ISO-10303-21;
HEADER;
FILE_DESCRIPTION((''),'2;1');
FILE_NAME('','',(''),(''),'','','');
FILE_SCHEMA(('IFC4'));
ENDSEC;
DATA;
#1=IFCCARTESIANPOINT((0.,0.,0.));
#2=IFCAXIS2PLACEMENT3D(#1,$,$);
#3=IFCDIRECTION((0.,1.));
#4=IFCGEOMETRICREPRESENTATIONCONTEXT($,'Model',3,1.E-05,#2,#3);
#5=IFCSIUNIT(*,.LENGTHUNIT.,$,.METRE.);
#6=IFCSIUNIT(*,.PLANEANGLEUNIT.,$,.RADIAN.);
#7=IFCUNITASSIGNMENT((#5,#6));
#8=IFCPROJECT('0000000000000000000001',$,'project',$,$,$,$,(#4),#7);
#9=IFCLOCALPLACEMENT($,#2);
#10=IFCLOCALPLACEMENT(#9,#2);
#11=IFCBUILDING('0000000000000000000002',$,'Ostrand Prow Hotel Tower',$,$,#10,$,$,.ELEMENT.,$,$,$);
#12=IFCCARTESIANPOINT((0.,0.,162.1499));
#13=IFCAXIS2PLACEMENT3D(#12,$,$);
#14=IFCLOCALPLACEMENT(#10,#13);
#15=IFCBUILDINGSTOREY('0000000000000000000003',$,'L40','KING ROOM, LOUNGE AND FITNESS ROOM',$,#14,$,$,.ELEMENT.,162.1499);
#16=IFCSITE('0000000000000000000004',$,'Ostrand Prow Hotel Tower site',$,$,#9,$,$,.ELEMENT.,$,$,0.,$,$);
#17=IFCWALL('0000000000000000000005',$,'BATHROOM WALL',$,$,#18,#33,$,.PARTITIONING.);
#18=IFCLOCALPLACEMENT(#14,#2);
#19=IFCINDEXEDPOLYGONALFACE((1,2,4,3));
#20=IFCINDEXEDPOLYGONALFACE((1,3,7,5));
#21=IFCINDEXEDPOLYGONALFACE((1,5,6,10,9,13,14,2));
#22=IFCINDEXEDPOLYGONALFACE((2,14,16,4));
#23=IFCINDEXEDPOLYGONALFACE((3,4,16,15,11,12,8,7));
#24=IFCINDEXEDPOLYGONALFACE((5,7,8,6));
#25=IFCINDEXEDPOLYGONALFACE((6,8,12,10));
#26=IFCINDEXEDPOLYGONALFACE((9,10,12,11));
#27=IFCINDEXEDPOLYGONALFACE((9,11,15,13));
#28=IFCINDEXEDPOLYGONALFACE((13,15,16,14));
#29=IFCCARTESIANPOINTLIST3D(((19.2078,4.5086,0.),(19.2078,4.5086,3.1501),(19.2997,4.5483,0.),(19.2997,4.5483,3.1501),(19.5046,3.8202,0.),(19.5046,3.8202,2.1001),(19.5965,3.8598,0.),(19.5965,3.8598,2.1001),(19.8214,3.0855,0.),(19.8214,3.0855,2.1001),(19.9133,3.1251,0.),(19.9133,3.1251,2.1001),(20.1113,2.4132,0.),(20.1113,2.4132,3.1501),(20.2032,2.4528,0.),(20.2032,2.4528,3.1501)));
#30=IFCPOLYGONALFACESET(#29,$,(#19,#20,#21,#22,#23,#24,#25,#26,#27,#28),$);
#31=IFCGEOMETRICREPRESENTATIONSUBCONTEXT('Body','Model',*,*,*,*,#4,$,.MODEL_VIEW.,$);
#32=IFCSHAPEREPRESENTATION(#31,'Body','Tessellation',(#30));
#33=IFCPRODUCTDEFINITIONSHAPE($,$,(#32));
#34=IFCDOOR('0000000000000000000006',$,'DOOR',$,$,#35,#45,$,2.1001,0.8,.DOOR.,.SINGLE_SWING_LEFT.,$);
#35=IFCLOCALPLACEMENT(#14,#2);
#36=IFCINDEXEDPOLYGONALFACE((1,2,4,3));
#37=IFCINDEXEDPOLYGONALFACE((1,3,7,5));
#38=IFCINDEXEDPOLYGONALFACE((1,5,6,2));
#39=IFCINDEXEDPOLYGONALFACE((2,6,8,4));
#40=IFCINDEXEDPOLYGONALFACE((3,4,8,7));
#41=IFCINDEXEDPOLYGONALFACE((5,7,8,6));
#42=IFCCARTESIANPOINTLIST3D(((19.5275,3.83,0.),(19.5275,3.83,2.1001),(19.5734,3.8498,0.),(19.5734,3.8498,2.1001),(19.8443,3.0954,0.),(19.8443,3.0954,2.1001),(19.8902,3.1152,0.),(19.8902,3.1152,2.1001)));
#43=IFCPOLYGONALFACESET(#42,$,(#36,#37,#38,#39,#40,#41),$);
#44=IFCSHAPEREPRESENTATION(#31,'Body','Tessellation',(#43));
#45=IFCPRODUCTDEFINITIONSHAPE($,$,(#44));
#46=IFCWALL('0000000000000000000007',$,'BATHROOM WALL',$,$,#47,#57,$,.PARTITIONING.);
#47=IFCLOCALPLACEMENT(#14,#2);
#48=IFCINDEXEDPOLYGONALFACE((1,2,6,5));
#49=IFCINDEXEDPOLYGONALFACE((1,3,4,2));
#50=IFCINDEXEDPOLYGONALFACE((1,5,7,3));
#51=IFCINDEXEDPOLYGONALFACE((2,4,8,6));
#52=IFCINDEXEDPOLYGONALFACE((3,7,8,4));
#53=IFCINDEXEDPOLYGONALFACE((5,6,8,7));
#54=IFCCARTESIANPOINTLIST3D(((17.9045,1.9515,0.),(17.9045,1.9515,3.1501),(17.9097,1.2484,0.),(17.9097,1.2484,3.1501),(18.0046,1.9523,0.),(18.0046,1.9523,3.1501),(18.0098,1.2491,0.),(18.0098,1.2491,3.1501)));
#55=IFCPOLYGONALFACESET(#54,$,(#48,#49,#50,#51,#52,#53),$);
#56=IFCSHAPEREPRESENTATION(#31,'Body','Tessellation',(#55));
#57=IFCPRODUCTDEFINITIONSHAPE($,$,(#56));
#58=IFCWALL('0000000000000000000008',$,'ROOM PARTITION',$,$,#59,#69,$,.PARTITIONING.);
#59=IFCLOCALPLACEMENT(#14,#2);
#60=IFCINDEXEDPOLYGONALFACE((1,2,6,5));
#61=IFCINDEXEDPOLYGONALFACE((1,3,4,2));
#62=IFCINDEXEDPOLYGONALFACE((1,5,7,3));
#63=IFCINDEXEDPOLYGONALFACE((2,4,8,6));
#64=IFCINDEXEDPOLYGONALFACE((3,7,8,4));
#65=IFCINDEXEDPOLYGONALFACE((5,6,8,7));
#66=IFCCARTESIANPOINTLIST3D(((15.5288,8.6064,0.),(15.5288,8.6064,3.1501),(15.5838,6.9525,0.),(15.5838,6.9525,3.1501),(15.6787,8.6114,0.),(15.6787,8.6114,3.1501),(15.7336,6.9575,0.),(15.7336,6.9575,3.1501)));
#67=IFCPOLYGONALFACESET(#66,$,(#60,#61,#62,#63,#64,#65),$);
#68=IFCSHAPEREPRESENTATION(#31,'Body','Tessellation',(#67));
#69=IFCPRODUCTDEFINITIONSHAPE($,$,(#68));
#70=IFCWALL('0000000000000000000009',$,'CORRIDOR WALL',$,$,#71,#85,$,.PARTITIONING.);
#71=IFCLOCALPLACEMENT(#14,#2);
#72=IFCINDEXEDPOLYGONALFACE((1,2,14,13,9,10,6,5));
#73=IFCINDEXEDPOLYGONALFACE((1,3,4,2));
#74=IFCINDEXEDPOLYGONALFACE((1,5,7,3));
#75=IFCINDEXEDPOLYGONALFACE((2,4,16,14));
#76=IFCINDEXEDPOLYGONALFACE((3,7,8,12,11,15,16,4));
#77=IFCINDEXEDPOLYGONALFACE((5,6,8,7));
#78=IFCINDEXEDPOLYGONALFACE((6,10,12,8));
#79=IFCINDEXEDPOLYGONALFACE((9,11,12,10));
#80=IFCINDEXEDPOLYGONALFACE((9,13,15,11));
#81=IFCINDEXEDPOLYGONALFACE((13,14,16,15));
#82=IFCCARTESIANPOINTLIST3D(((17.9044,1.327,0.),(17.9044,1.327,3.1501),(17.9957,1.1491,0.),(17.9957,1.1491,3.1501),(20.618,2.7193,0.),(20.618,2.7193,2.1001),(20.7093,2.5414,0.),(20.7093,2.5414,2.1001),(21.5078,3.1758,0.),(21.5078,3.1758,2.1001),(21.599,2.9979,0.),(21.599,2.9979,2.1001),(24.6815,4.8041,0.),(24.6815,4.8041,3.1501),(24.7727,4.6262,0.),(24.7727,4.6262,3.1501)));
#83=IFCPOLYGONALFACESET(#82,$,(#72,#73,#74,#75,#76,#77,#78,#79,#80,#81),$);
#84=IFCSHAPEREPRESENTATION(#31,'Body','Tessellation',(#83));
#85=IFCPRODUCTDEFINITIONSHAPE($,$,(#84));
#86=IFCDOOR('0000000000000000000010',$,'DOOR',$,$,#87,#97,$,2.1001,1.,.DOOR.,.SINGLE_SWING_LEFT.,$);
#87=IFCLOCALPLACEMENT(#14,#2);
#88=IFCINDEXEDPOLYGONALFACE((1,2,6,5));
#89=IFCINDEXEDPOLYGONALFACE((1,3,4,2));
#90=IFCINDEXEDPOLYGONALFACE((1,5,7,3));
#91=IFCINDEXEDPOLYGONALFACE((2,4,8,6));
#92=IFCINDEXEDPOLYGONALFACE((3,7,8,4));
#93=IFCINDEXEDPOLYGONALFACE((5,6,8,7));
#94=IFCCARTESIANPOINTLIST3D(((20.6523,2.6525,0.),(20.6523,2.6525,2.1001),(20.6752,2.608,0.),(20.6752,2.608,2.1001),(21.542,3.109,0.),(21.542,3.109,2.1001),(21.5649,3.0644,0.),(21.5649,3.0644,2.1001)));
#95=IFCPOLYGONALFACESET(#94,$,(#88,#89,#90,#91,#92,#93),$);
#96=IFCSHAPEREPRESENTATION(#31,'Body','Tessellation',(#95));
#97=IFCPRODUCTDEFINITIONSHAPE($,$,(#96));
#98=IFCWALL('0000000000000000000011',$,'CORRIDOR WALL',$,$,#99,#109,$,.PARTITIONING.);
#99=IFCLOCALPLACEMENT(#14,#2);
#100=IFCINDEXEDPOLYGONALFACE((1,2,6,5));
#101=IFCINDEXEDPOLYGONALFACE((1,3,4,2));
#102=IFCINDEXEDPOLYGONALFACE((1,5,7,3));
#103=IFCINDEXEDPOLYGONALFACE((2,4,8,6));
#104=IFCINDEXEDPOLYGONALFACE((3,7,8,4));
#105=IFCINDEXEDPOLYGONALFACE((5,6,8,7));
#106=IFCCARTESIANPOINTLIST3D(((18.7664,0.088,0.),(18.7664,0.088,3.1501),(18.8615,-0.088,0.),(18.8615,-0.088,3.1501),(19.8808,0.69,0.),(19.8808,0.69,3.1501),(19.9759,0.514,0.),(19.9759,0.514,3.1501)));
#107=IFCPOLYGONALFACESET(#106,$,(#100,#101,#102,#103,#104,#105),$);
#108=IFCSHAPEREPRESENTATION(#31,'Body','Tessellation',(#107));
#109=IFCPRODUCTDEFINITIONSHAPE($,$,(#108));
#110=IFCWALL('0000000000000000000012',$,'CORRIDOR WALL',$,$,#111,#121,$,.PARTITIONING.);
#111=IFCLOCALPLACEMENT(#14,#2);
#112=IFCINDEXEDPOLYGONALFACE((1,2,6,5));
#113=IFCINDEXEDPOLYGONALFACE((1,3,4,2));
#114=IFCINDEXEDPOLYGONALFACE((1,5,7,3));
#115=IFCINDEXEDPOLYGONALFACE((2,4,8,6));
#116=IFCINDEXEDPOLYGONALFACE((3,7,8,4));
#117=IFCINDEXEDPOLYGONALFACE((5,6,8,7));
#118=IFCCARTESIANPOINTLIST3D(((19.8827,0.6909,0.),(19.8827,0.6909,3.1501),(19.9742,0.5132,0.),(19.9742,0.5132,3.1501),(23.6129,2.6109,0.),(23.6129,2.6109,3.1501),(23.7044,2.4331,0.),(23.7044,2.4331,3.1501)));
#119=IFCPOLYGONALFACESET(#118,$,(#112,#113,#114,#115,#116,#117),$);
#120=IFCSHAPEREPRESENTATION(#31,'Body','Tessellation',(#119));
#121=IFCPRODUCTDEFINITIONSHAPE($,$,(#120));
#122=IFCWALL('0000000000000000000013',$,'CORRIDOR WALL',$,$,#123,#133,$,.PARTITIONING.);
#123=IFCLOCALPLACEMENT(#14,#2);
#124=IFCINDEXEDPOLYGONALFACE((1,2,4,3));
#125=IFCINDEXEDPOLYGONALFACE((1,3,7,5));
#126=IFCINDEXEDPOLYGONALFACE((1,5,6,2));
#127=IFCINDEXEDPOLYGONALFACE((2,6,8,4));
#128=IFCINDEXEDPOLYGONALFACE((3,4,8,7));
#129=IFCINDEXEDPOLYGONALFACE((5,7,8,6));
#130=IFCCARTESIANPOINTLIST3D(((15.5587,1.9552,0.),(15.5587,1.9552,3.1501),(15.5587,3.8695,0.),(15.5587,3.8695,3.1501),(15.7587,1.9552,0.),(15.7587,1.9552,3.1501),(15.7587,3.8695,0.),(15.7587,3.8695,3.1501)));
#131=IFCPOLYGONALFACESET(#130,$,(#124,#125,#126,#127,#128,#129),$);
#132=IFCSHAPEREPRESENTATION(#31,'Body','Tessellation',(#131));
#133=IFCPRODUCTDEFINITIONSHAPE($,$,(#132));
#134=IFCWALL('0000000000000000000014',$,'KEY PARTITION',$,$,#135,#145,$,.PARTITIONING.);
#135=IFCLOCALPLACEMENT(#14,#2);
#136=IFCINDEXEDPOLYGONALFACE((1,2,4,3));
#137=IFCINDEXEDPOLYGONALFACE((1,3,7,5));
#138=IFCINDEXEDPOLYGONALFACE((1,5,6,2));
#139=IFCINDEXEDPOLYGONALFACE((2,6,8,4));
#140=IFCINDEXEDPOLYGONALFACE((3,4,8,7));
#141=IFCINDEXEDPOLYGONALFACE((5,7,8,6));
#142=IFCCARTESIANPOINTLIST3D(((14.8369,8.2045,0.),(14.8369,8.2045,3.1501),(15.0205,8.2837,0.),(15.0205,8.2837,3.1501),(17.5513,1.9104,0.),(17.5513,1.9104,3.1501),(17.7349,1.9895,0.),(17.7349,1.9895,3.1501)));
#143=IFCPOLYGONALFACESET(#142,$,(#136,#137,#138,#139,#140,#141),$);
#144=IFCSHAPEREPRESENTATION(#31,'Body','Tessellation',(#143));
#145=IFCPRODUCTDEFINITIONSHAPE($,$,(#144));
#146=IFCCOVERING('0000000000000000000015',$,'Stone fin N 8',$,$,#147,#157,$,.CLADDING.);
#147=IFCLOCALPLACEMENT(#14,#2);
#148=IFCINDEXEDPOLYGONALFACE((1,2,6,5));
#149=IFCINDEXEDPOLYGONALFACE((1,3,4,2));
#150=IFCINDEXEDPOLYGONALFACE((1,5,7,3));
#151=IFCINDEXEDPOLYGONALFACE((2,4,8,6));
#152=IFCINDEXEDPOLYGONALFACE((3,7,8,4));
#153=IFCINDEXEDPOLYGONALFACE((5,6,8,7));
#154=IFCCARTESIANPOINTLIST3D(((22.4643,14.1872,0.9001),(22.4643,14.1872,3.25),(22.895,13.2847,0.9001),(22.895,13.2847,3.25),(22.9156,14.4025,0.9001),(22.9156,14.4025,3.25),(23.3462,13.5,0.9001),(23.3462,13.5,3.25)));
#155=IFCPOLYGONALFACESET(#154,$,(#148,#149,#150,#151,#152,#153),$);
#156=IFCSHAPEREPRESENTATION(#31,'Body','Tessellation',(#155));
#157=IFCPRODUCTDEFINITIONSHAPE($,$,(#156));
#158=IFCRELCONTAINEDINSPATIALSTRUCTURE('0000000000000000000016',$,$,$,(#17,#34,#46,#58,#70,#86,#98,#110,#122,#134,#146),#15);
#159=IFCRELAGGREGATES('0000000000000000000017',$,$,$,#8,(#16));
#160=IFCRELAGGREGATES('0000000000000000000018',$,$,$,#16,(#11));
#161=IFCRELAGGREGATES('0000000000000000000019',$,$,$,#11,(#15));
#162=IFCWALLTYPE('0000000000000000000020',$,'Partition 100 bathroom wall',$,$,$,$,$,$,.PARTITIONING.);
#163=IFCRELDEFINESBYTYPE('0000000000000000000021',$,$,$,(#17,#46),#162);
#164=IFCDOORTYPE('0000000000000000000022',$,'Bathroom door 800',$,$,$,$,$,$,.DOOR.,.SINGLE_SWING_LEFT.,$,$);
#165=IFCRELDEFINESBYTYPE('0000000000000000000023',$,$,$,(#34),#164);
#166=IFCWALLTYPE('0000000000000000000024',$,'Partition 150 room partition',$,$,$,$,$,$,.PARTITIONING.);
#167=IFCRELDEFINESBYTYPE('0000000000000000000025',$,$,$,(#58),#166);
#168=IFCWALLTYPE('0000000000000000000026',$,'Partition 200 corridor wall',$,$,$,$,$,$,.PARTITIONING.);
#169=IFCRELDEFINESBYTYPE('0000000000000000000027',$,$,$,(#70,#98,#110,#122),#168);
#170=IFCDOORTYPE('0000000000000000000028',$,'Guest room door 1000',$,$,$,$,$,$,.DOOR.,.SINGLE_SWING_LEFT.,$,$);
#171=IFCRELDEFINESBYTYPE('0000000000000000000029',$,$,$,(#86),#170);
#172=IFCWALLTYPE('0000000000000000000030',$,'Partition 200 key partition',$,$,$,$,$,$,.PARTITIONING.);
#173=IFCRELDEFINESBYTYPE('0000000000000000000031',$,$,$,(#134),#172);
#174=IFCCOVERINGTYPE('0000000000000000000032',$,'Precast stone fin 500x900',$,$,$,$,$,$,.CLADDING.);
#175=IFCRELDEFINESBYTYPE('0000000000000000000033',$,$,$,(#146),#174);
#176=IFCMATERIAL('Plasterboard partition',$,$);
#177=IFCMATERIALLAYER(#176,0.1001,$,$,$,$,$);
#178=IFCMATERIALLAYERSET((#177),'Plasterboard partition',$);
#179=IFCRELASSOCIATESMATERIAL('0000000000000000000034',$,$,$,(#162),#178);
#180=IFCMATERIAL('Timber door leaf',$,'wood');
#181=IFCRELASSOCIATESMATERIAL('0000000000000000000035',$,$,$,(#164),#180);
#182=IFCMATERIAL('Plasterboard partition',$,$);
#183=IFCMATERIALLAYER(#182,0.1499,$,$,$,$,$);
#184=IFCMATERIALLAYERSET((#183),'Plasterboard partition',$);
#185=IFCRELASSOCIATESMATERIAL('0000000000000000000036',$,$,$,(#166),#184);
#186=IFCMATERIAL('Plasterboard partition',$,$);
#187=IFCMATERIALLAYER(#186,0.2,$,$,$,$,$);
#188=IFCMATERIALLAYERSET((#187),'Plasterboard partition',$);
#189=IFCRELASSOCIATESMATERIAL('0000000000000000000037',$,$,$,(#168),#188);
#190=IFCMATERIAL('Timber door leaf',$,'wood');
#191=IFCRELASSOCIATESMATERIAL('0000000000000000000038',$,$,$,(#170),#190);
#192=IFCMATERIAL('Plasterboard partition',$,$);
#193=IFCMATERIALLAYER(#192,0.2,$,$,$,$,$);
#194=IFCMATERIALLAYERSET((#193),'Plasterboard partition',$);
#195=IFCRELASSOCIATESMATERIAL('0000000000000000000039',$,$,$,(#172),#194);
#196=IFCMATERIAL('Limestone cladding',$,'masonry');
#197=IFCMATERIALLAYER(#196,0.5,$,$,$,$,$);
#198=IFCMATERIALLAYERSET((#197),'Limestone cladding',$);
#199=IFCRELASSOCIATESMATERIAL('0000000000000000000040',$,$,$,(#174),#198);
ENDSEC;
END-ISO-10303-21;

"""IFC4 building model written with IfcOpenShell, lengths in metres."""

from ifc_helpers import new_model, si_unit, direction, frame, frame_2d, origin, place, context, subcontext, project, spatial, rectangle, extrude, material, layer, layer_set, type_object, element, fill, save


model = new_model("IFC4")

# Units and contexts
model_context = context("Model", 3, precision=1e-05, world=origin(), true_north=direction((0.0, 1.0)))
body_context = subcontext(model_context, "Body", "Model", "MODEL_VIEW")
ifc_project = project(units=[si_unit("LENGTHUNIT", "METRE"), si_unit("PLANEANGLEUNIT", "RADIAN")], contexts=[model_context])

# Site, building, storey
site_placement = place(None, origin())
site = spatial("IfcSite", under=ifc_project, at=site_placement, Name="Ostrand Prow Hotel Tower site", CompositionType="ELEMENT", RefElevation=0.0)
building_placement = place(site_placement, origin())
building = spatial("IfcBuilding", under=site, at=building_placement, Name="Ostrand Prow Hotel Tower", CompositionType="ELEMENT")
storey_placement = place(building_placement, frame((0.0, 0.0, 162.1499)))
storey = spatial("IfcBuildingStorey", under=building, at=storey_placement, Name="L40", Description="KING ROOM, LOUNGE AND FITNESS ROOM", CompositionType="ELEMENT", Elevation=162.1499)

# Shared definitions
ifc_material_1 = material(Name="Plasterboard partition")
ifc_layer_1 = layer(ifc_material_1, 0.1001)
ifc_layer_set_1 = layer_set([ifc_layer_1], Name="Plasterboard partition")
wall_type_1 = type_object("IfcWallType", Name="Partition 100 bathroom wall", PredefinedType="PARTITIONING", material=ifc_layer_set_1)

# Wall, opening, door
wall_1_placement = place(storey_placement, frame((19.2537, 4.5286, 0.0), z_axis=(0.0, 0.0, 1.0), x_axis=(0.395958, -0.918268, 0.0)))
wall_1 = element("IfcWall", 1, at=wall_1_placement, inside=storey, type_object=wall_type_1, Name="BATHROOM WALL", PredefinedType="PARTITIONING", context=body_context, shape_type="SweptSolid", body=[
    extrude(rectangle(XDim=2.282, YDim=0.1001, at=frame_2d((1.1411, 0.0))), origin(), (0.0, 0.0, 1.0), 3.1501),
])
opening_1_placement = place(wall_1_placement, frame((0.75, 0.0, 0.0)))
opening_1 = element("IfcOpeningElement", 2, at=opening_1_placement, cuts=wall_1, PredefinedType="OPENING", context=body_context, shape_type="SweptSolid", body=[
    extrude(rectangle(XDim=0.8, YDim=2.1001, at=frame_2d((0.3999, 1.05))), frame((0.0, 0.0601, 0.0), z_axis=(0.0, -1.0, 0.0), x_axis=(1.0, 0.0, 0.0)), (0.0, 0.0, 1.0), 0.1201),
])
ifc_material_2 = material(Name="Timber door leaf", Category="wood")
door_type_1 = type_object("IfcDoorType", Name="Bathroom door 800", OperationType="SINGLE_SWING_LEFT", PredefinedType="DOOR", material=ifc_material_2)
door_1_placement = place(opening_1_placement, origin())
door_1 = element("IfcDoor", 3, at=door_1_placement, inside=storey, type_object=door_type_1, Name="DOOR", OperationType="SINGLE_SWING_LEFT", OverallHeight=2.1001, OverallWidth=0.8, PredefinedType="DOOR", context=body_context, shape_type="SweptSolid", body=[
    extrude(rectangle(XDim=0.8, YDim=2.1001, at=frame_2d((0.3999, 1.05))), frame((0.0, 0.0249, 0.0), z_axis=(0.0, -1.0, 0.0), x_axis=(1.0, 0.0, 0.0)), (0.0, 0.0, 1.0), 0.05),
])
fill(opening_1, door_1)

# Walls
wall_2_placement = place(storey_placement, frame((17.9597, 1.2488, 0.0), z_axis=(0.0, 0.0, 1.0), x_axis=(-0.007291, 0.999973, 0.0)))
element("IfcWall", 4, at=wall_2_placement, inside=storey, type_object=wall_type_1, Name="BATHROOM WALL", PredefinedType="PARTITIONING", context=body_context, shape_type="SweptSolid", body=[
    extrude(rectangle(XDim=0.7031, YDim=0.1001, at=frame_2d((0.3516, 0.0))), origin(), (0.0, 0.0, 1.0), 3.1501),
])
ifc_material_3 = material(Name="Plasterboard partition")
ifc_layer_2 = layer(ifc_material_3, 0.1499)
ifc_layer_set_2 = layer_set([ifc_layer_2], Name="Plasterboard partition")
wall_type_2 = type_object("IfcWallType", Name="Partition 150 room partition", PredefinedType="PARTITIONING", material=ifc_layer_set_2)
wall_3_placement = place(storey_placement, frame((15.6038, 8.6089, 0.0), z_axis=(0.0, 0.0, 1.0), x_axis=(0.033197, -0.999449, 0.0)))
element("IfcWall", 5, at=wall_3_placement, inside=storey, type_object=wall_type_2, Name="ROOM PARTITION", PredefinedType="PARTITIONING", context=body_context, shape_type="SweptSolid", body=[
    extrude(rectangle(XDim=1.6548, YDim=0.1499, at=frame_2d((0.8274, 0.0))), origin(), (0.0, 0.0, 1.0), 3.1501),
])

# Wall, opening, door
ifc_material_4 = material(Name="Plasterboard partition")
ifc_layer_3 = layer(ifc_material_4, 0.2)
ifc_layer_set_3 = layer_set([ifc_layer_3], Name="Plasterboard partition")
wall_type_3 = type_object("IfcWallType", Name="Partition 200 corridor wall", PredefinedType="PARTITIONING", material=ifc_layer_set_3)
wall_4_placement = place(storey_placement, frame((17.95, 1.238, 0.0), z_axis=(0.0, 0.0, 1.0), x_axis=(0.889731, 0.456485, 0.0)))
wall_4 = element("IfcWall", 6, at=wall_4_placement, inside=storey, type_object=wall_type_3, Name="CORRIDOR WALL", PredefinedType="PARTITIONING", context=body_context, shape_type="SweptSolid", body=[
    extrude(rectangle(XDim=7.6169, YDim=0.2, at=frame_2d((3.8086, 0.0))), origin(), (0.0, 0.0, 1.0), 3.1501),
])
opening_2_placement = place(wall_4_placement, frame((3.05, 0.0, 0.0)))
opening_2 = element("IfcOpeningElement", 7, at=opening_2_placement, cuts=wall_4, PredefinedType="OPENING", context=body_context, shape_type="SweptSolid", body=[
    extrude(rectangle(XDim=1.0, YDim=2.1001, at=frame_2d((0.5, 1.05))), frame((0.0, 0.1099, 0.0), z_axis=(0.0, -1.0, 0.0), x_axis=(1.0, 0.0, 0.0)), (0.0, 0.0, 1.0), 0.22),
])
ifc_material_5 = material(Name="Timber door leaf", Category="wood")
door_type_2 = type_object("IfcDoorType", Name="Guest room door 1000", OperationType="SINGLE_SWING_LEFT", PredefinedType="DOOR", material=ifc_material_5)
door_2_placement = place(opening_2_placement, origin())
door_2 = element("IfcDoor", 8, at=door_2_placement, inside=storey, type_object=door_type_2, Name="DOOR", OperationType="SINGLE_SWING_LEFT", OverallHeight=2.1001, OverallWidth=1.0, PredefinedType="DOOR", context=body_context, shape_type="SweptSolid", body=[
    extrude(rectangle(XDim=1.0, YDim=2.1001, at=frame_2d((0.5, 1.05))), frame((0.0, 0.0249, 0.0), z_axis=(0.0, -1.0, 0.0), x_axis=(1.0, 0.0, 0.0)), (0.0, 0.0, 1.0), 0.05),
])
fill(opening_2, door_2)

# Walls
wall_5_placement = place(storey_placement, frame((18.814, 0.0, 0.0), z_axis=(0.0, 0.0, 1.0), x_axis=(0.879833, 0.475283, 0.0)))
element("IfcWall", 9, at=wall_5_placement, inside=storey, type_object=wall_type_3, Name="CORRIDOR WALL", PredefinedType="PARTITIONING", context=body_context, shape_type="SweptSolid", body=[
    extrude(rectangle(XDim=1.2666, YDim=0.2, at=frame_2d((0.6333, 0.0))), origin(), (0.0, 0.0, 1.0), 3.1501),
])
wall_6_placement = place(storey_placement, frame((19.9285, 0.6021, 0.0), z_axis=(0.0, 0.0, 1.0), x_axis=(0.88914, 0.457635, 0.0)))
element("IfcWall", 10, at=wall_6_placement, inside=storey, type_object=wall_type_3, Name="CORRIDOR WALL", PredefinedType="PARTITIONING", context=body_context, shape_type="SweptSolid", body=[
    extrude(rectangle(XDim=4.1953, YDim=0.2, at=frame_2d((2.0977, 0.0))), origin(), (0.0, 0.0, 1.0), 3.1501),
])
wall_7_placement = place(storey_placement, frame((15.6587, 3.8694, 0.0), z_axis=(0.0, 0.0, 1.0), x_axis=(0.0, -1.0, 0.0)))
element("IfcWall", 11, at=wall_7_placement, inside=storey, type_object=wall_type_3, Name="CORRIDOR WALL", PredefinedType="PARTITIONING", context=body_context, shape_type="SweptSolid", body=[
    extrude(rectangle(XDim=1.9143, YDim=0.2, at=frame_2d((0.957, 0.0))), origin(), (0.0, 0.0, 1.0), 3.1501),
])
ifc_material_6 = material(Name="Plasterboard partition")
ifc_layer_4 = layer(ifc_material_6, 0.2)
ifc_layer_set_4 = layer_set([ifc_layer_4], Name="Plasterboard partition")
wall_type_4 = type_object("IfcWallType", Name="Partition 200 key partition", PredefinedType="PARTITIONING", material=ifc_layer_set_4)
wall_8_placement = place(storey_placement, frame((17.6431, 1.95, 0.0), z_axis=(0.0, 0.0, 1.0), x_axis=(-0.395995, 0.918253, 0.0)))
element("IfcWall", 12, at=wall_8_placement, inside=storey, type_object=wall_type_4, Name="KEY PARTITION", PredefinedType="PARTITIONING", context=body_context, shape_type="SweptSolid", body=[
    extrude(rectangle(XDim=6.8545, YDim=0.2, at=frame_2d((3.4272, 0.0))), origin(), (0.0, 0.0, 1.0), 3.1501),
])

# Covering
ifc_material_7 = material(Name="Limestone cladding", Category="masonry")
ifc_layer_5 = layer(ifc_material_7, 0.5)
ifc_layer_set_5 = layer_set([ifc_layer_5], Name="Limestone cladding")
covering_type = type_object("IfcCoveringType", Name="Precast stone fin 500x900", PredefinedType="CLADDING", material=ifc_layer_set_5)
covering_placement = place(storey_placement, frame((23.1206, 13.3923, 0.9001), z_axis=(0.0, 0.0, 1.0), x_axis=(-0.430635, 0.902526, 0.0)))
element("IfcCovering", 13, at=covering_placement, inside=storey, type_object=covering_type, Name="Stone fin N 8", PredefinedType="CLADDING", context=body_context, shape_type="SweptSolid", body=[
    extrude(rectangle(XDim=1.0, YDim=0.5, at=frame_2d((0.5, 0.0))), origin(), (0.0, 0.0, 1.0), 2.3499),
])

save(model, "model.ifc")
